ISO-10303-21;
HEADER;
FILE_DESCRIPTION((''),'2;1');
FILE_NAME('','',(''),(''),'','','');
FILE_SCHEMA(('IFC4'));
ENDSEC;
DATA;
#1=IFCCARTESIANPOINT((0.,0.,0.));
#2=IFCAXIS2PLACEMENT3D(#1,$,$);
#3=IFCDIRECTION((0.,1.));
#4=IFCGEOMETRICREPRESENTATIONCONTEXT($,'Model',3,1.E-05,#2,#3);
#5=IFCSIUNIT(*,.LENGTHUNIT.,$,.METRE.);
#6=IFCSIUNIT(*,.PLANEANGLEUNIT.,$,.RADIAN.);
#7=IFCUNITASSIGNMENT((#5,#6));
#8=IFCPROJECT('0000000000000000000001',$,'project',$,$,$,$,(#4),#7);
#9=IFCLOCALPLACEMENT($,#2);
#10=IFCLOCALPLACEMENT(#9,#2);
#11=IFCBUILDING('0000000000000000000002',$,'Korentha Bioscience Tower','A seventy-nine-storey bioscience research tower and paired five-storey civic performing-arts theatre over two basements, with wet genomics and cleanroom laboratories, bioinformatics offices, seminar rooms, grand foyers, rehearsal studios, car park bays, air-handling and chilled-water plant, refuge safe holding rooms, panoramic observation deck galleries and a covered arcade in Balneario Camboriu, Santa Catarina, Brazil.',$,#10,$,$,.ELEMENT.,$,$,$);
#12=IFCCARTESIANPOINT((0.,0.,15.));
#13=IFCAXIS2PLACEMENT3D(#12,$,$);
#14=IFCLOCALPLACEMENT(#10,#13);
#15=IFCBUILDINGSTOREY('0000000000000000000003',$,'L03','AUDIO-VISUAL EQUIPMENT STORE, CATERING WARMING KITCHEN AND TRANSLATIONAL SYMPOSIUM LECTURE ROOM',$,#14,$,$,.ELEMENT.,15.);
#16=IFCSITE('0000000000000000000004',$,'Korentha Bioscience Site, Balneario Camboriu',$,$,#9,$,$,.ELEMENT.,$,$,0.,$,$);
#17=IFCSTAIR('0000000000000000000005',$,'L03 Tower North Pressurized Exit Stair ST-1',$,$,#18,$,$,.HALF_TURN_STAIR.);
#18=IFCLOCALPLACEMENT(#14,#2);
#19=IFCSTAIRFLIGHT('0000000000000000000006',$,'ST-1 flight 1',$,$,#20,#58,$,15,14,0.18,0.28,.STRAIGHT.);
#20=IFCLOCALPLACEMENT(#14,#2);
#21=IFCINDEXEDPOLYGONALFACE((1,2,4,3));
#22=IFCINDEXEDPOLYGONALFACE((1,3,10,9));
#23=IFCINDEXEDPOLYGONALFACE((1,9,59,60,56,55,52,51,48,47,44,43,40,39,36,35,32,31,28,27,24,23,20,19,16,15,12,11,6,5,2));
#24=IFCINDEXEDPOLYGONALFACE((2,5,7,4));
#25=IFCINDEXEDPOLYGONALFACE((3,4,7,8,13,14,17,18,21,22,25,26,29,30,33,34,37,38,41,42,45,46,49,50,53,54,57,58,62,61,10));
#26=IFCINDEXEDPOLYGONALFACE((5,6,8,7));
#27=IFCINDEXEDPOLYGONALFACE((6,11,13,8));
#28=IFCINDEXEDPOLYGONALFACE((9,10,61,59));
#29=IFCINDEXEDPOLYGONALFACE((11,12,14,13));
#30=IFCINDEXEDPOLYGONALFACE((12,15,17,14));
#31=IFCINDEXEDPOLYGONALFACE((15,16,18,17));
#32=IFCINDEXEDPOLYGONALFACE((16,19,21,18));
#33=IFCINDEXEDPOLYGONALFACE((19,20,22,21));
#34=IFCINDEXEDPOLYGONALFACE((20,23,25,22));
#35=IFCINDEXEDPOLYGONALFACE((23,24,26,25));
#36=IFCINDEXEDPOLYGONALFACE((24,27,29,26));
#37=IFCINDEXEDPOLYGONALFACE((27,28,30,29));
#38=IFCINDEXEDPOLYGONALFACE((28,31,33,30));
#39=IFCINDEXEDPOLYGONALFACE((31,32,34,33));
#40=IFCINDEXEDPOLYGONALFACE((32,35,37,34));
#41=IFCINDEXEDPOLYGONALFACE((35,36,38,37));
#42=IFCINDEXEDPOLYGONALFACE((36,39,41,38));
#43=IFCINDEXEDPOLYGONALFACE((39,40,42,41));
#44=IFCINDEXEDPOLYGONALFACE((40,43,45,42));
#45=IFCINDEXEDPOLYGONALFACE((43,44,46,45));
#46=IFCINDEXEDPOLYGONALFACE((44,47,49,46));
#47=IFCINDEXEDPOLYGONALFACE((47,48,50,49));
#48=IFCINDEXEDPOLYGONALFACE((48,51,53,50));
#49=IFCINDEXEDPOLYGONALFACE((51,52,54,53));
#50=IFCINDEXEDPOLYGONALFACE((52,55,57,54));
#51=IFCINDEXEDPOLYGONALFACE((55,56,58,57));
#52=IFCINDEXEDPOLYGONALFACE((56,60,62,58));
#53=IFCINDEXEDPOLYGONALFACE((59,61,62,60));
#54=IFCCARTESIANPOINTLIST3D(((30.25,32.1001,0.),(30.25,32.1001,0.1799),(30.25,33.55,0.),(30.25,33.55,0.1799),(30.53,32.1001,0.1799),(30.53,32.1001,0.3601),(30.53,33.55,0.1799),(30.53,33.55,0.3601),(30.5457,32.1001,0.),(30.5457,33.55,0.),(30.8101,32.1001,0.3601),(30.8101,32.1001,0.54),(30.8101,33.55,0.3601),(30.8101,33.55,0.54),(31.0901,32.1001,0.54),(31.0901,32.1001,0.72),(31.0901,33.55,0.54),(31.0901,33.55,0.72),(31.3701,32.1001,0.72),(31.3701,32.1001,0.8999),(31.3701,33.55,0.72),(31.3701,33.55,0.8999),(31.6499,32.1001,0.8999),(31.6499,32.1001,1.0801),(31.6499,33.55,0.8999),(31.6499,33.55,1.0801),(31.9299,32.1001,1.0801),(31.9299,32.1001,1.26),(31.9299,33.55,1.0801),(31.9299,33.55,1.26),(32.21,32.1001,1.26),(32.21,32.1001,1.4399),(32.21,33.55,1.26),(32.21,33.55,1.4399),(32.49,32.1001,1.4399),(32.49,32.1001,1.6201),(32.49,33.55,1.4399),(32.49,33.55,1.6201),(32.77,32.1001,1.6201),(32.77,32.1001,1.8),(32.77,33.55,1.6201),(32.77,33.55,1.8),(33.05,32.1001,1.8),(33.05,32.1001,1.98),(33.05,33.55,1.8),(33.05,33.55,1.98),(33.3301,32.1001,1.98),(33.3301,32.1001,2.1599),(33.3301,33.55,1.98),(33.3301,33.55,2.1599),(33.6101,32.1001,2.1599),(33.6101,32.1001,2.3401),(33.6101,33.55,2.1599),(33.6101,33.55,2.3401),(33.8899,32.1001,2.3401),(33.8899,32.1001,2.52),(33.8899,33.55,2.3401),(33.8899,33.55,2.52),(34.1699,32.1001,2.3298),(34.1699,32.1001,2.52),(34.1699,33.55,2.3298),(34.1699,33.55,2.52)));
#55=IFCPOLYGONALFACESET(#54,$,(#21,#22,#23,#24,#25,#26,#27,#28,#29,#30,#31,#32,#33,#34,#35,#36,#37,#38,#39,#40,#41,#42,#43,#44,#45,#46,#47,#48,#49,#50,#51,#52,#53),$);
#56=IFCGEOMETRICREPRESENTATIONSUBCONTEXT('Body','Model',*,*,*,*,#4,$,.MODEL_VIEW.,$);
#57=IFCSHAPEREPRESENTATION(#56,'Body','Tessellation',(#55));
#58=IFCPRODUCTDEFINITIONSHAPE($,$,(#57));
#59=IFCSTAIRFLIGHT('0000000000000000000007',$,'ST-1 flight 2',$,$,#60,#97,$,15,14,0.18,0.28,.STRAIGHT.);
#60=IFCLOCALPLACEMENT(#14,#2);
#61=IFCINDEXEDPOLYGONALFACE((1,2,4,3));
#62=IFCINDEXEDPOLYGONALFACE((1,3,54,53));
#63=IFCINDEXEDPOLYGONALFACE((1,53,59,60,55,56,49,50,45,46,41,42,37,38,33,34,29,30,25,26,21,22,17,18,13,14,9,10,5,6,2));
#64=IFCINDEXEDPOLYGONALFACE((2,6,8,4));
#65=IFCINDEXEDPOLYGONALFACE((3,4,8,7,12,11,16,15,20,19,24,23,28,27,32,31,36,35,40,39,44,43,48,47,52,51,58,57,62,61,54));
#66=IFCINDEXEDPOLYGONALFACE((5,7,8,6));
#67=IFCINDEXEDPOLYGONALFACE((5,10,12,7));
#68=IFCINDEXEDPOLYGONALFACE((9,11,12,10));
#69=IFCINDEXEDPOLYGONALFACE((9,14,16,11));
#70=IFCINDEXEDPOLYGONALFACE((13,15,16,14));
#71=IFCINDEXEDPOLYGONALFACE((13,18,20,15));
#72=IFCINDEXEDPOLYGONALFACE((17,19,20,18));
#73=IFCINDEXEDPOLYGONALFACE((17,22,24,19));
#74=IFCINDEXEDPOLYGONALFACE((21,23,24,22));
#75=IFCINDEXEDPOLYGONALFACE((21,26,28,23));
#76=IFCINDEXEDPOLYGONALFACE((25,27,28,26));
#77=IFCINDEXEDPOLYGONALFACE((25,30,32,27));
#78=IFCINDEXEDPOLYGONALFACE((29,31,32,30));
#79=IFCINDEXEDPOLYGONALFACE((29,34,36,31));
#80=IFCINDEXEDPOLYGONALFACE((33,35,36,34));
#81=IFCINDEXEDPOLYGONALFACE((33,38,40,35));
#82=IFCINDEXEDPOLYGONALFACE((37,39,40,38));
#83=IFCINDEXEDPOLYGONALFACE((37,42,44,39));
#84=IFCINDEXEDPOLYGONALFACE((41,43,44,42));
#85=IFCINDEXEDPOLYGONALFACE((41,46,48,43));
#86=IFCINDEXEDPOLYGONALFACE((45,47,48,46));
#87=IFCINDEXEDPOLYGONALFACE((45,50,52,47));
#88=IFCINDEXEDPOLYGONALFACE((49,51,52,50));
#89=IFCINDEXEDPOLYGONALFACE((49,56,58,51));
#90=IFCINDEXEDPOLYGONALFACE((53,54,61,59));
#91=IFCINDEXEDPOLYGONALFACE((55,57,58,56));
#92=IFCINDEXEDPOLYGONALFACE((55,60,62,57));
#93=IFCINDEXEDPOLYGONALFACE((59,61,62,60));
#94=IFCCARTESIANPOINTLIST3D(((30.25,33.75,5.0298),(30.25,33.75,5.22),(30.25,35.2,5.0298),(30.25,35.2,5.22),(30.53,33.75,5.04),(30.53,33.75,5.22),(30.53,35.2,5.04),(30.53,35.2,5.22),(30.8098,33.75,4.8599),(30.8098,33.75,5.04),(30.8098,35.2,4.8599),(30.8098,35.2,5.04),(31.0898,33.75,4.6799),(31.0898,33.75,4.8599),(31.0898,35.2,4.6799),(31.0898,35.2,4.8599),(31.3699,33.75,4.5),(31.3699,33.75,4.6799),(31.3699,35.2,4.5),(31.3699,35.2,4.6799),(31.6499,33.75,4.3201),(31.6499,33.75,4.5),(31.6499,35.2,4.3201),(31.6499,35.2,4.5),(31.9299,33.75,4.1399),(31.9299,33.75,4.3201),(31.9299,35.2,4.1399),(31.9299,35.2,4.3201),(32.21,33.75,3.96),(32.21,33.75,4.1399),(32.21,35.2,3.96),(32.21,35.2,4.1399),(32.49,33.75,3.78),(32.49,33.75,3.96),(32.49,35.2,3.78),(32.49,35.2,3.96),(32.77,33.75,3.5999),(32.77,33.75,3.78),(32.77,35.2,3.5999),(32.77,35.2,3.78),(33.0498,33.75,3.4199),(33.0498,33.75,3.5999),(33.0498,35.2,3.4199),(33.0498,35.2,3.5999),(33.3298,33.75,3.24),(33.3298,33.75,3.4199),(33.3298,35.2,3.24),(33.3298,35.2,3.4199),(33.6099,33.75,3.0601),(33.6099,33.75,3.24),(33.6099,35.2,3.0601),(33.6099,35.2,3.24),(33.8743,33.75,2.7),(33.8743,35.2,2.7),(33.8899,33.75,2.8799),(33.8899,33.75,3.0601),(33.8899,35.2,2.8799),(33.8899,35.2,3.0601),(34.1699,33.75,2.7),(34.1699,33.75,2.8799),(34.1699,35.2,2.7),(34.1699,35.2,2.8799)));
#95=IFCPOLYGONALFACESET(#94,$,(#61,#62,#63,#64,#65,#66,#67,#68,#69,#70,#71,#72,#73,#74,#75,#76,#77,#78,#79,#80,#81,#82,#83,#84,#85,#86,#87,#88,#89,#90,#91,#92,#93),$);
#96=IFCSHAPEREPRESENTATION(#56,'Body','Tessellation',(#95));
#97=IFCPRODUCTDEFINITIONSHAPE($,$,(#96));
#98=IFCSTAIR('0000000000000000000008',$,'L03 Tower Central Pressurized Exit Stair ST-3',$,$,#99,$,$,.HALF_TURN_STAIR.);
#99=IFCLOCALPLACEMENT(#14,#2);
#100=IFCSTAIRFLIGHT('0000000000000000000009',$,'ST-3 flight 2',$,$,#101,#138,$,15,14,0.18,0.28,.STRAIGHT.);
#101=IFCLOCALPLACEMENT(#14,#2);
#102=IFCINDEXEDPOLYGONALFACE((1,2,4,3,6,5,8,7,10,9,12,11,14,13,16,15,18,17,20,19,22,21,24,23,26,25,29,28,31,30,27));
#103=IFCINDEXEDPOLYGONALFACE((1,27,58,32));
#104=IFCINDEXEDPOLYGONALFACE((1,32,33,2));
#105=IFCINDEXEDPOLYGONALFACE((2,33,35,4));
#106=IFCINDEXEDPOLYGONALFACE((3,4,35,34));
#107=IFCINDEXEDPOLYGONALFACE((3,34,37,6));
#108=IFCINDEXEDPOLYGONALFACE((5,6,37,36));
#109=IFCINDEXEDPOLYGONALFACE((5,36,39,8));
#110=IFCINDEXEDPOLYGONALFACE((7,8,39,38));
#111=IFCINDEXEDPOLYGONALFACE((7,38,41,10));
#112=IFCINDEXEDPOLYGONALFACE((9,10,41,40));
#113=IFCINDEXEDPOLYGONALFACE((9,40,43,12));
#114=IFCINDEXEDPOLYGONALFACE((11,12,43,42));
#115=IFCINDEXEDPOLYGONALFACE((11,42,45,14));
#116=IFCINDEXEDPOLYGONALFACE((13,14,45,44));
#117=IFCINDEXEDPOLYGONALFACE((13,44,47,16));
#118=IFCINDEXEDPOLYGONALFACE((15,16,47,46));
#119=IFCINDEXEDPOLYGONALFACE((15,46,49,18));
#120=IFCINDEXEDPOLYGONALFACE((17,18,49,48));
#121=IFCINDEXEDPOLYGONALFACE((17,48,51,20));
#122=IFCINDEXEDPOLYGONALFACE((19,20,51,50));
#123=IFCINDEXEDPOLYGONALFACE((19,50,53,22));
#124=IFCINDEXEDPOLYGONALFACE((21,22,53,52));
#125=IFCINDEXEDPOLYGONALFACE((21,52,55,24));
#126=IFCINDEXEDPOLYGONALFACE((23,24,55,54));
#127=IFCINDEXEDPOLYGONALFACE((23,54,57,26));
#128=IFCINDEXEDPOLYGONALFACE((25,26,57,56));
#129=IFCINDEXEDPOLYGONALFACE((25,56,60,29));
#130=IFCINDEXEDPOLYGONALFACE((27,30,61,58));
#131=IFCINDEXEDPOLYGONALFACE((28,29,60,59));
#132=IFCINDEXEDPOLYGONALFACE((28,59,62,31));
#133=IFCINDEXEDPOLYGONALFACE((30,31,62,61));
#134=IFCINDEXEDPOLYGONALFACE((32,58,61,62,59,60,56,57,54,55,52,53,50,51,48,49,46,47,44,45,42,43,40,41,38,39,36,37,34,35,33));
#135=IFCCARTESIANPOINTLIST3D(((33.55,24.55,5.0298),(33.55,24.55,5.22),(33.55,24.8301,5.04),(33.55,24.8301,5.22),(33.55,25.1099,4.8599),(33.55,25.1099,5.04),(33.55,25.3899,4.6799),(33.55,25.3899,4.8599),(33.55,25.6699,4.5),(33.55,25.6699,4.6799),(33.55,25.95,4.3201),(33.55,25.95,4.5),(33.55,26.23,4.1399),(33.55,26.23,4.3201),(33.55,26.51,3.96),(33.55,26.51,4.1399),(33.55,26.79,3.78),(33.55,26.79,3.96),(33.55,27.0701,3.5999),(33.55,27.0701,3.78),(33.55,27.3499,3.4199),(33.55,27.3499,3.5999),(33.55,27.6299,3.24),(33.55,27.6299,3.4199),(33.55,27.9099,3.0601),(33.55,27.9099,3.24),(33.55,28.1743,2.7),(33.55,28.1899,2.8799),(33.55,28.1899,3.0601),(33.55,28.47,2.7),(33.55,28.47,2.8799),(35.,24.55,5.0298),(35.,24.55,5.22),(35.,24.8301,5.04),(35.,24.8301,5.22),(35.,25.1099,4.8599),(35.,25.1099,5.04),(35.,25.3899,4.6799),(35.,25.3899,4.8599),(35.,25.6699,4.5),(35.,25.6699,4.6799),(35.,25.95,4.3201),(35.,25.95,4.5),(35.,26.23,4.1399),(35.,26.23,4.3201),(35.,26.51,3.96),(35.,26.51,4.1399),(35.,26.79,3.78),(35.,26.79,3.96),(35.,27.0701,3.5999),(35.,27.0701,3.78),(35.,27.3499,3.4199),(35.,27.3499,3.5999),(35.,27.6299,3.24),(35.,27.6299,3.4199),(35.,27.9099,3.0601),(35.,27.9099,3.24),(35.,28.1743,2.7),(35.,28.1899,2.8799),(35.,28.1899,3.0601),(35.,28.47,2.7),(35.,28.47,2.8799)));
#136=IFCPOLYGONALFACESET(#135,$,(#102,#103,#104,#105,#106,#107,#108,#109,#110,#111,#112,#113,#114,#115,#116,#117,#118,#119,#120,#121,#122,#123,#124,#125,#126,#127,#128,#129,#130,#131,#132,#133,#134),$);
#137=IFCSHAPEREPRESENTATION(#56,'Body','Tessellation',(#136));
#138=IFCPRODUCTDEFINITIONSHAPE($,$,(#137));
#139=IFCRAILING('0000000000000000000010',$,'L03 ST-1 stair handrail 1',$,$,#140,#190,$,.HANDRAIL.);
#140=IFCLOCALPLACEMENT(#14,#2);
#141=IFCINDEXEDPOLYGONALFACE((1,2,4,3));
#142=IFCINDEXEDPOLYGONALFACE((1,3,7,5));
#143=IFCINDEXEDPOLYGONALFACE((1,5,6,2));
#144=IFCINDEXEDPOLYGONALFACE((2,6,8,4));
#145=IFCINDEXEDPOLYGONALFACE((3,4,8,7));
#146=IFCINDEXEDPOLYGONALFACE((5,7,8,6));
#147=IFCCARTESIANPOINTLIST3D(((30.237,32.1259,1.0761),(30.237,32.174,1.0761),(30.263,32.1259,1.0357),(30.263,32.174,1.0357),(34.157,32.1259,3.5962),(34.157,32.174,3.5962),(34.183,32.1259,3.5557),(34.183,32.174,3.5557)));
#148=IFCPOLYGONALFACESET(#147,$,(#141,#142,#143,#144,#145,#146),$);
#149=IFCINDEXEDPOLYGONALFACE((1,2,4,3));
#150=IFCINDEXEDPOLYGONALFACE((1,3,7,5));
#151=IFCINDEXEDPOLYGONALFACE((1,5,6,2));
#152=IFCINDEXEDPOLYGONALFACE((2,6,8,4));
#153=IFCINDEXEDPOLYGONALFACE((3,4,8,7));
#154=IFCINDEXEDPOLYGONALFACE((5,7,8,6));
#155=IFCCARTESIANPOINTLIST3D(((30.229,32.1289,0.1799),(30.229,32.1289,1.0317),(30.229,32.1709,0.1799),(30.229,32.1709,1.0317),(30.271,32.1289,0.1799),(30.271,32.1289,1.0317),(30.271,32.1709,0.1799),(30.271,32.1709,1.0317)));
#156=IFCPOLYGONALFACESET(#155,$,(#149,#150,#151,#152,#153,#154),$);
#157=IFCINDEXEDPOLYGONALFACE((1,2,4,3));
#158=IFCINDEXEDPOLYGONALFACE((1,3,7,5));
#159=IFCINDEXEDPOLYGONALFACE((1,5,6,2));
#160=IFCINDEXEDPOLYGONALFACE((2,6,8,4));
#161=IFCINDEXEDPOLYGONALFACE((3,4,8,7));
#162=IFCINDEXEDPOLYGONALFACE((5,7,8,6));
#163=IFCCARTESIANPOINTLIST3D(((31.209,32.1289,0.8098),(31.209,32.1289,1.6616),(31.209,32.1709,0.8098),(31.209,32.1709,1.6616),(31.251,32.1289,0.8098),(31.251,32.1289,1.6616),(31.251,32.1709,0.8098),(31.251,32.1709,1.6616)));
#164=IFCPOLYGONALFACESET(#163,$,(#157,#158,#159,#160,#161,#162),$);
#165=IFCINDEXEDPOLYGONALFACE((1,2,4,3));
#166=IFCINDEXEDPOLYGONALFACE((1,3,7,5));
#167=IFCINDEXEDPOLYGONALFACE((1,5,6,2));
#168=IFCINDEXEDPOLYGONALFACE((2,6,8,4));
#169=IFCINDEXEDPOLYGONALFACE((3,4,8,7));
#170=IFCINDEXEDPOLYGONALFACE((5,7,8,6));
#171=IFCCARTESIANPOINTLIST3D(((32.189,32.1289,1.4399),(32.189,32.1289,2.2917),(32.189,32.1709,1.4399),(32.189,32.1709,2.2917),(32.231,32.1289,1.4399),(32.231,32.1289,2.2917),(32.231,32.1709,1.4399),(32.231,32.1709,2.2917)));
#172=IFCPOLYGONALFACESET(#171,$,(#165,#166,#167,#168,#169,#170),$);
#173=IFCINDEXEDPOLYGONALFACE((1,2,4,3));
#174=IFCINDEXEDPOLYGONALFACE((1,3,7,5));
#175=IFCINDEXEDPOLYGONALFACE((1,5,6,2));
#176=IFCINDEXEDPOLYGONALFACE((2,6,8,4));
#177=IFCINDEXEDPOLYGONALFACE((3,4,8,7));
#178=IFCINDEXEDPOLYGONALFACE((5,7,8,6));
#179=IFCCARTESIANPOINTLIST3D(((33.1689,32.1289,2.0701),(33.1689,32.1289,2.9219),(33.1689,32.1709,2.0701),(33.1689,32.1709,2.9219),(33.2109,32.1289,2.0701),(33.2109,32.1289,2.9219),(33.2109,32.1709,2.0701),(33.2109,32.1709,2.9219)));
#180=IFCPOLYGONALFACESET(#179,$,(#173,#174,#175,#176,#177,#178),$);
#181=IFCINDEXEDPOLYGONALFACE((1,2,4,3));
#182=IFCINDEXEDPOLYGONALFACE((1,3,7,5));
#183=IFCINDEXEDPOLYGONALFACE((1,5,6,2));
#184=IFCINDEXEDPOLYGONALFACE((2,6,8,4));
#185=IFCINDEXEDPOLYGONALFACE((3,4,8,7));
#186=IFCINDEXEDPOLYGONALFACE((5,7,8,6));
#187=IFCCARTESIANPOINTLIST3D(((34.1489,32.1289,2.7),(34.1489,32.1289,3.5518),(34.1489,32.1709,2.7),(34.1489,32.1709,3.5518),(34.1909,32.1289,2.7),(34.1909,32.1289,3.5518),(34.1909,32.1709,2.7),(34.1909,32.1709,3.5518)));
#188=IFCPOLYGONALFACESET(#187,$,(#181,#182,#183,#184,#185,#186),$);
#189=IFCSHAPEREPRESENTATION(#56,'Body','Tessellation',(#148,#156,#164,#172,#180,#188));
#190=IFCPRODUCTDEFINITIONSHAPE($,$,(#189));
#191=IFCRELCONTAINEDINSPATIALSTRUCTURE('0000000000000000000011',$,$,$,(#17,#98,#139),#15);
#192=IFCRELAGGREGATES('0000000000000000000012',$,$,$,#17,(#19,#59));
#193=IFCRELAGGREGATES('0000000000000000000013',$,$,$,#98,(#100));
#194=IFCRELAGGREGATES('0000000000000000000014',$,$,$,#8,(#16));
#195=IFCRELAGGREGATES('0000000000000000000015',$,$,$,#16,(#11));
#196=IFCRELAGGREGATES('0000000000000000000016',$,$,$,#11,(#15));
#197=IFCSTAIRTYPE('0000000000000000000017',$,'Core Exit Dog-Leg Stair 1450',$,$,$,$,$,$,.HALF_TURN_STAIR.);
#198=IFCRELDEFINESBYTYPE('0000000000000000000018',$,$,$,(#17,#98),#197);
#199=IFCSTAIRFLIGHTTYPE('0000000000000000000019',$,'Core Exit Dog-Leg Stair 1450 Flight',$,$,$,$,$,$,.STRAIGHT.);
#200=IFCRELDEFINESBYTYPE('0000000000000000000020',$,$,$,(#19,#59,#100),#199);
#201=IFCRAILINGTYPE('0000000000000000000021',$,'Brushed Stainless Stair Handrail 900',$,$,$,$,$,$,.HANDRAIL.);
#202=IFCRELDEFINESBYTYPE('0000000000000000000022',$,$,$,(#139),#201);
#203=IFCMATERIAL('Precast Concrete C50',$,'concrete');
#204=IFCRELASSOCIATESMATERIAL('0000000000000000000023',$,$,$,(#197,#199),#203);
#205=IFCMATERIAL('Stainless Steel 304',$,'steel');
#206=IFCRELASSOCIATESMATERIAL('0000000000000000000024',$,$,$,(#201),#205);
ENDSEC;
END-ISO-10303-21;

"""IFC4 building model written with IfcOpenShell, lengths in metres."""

from ifc_helpers import new_model, si_unit, direction, frame, origin, origin_2d, place, context, subcontext, project, spatial, polyline, rectangle, outline, extrude, material, type_object, element, aggregate, save


model = new_model("IFC4")

# Units and contexts
model_context = context("Model", 3, precision=1e-05, world=origin(), true_north=direction((0.0, 1.0)))
body_context = subcontext(model_context, "Body", "Model", "MODEL_VIEW")
ifc_project = project(units=[si_unit("LENGTHUNIT", "METRE"), si_unit("PLANEANGLEUNIT", "RADIAN")], contexts=[model_context])

# Site, building, storey
site_placement = place(None, origin())
site = spatial("IfcSite", under=ifc_project, at=site_placement, Name="Korentha Bioscience Site, Balneario Camboriu", CompositionType="ELEMENT", RefElevation=0.0)
building_placement = place(site_placement, origin())
building = spatial("IfcBuilding", under=site, at=building_placement, Name="Korentha Bioscience Tower", Description="A seventy-nine-storey bioscience research tower and paired five-storey civic performing-arts theatre over two basements, with wet genomics and cleanroom laboratories, bioinformatics offices, seminar rooms, grand foyers, rehearsal studios, car park bays, air-handling and chilled-water plant, refuge safe holding rooms, panoramic observation deck galleries and a covered arcade in Balneario Camboriu, Santa Catarina, Brazil.", CompositionType="ELEMENT")
storey_placement = place(building_placement, frame((0.0, 0.0, 15.0)))
storey = spatial("IfcBuildingStorey", under=building, at=storey_placement, Name="L03", Description="AUDIO-VISUAL EQUIPMENT STORE, CATERING WARMING KITCHEN AND TRANSLATIONAL SYMPOSIUM LECTURE ROOM", CompositionType="ELEMENT", Elevation=15.0)

# Stair, stair flights
ifc_material_1 = material(Name="Precast Concrete C50", Category="concrete")
stair_type = type_object("IfcStairType", Name="Core Exit Dog-Leg Stair 1450", PredefinedType="HALF_TURN_STAIR", material=ifc_material_1)
stair_1_placement = place(storey_placement, origin())
stair_1 = element("IfcStair", 1, at=stair_1_placement, inside=storey, type_object=stair_type, Name="L03 Tower North Pressurized Exit Stair ST-1", PredefinedType="HALF_TURN_STAIR")
stair_flight_type = type_object("IfcStairFlightType", Name="Core Exit Dog-Leg Stair 1450 Flight", PredefinedType="STRAIGHT", material=ifc_material_1)
stair_flight_1_placement = place(storey_placement, frame((30.25, 32.825, 0.0), z_axis=(0.0, 0.0, 1.0), x_axis=(1.0, 0.0, 0.0)))
stair_flight_1 = element("IfcStairFlight", 2, at=stair_flight_1_placement, type_object=stair_flight_type, Name="ST-1 flight 1", NumberOfRisers=15, NumberOfTreads=14, PredefinedType="STRAIGHT", RiserHeight=0.18, TreadLength=0.28, context=body_context, shape_type="SweptSolid", body=[
    extrude(outline(polyline([(0.0, 0.0), (0.0, 0.1799), (0.28, 0.1799), (0.28, 0.3601), (0.5601, 0.3601), (0.5601, 0.54), (0.8401, 0.54), (0.8401, 0.72), (1.1201, 0.72), (1.1201, 0.8999), (1.3999, 0.8999), (1.3999, 1.0801), (1.6799, 1.0801), (1.6799, 1.26), (1.96, 1.26), (1.96, 1.4399), (2.24, 1.4399), (2.24, 1.6201), (2.52, 1.6201), (2.52, 1.8), (2.8, 1.8), (2.8, 1.98), (3.0801, 1.98), (3.0801, 2.1599), (3.3601, 2.1599), (3.3601, 2.3401), (3.6399, 2.3401), (3.6399, 2.52), (3.9199, 2.52), (3.9199, 2.7), (3.9199, 2.3298), (0.2957, 0.0), (0.0, 0.0)])), frame((0.0, 0.7251, 0.0), z_axis=(0.0, -1.0, 0.0), x_axis=(1.0, 0.0, 0.0)), (0.0, 0.0, 1.0), 1.45),
])
stair_flight_2_placement = place(storey_placement, frame((34.1699, 34.4751, 2.7), z_axis=(0.0, 0.0, 1.0), x_axis=(-1.0, 0.0, 0.0)))
stair_flight_2 = element("IfcStairFlight", 3, at=stair_flight_2_placement, type_object=stair_flight_type, Name="ST-1 flight 2", NumberOfRisers=15, NumberOfTreads=14, PredefinedType="STRAIGHT", RiserHeight=0.18, TreadLength=0.28, context=body_context, shape_type="SweptSolid", body=[
    extrude(outline(polyline([(0.0, 0.0), (0.0, 0.1799), (0.28, 0.1799), (0.28, 0.3601), (0.5601, 0.3601), (0.5601, 0.54), (0.8401, 0.54), (0.8401, 0.72), (1.1201, 0.72), (1.1201, 0.8999), (1.3999, 0.8999), (1.3999, 1.0801), (1.6799, 1.0801), (1.6799, 1.26), (1.96, 1.26), (1.96, 1.4399), (2.24, 1.4399), (2.24, 1.6201), (2.52, 1.6201), (2.52, 1.8), (2.8, 1.8), (2.8, 1.98), (3.0801, 1.98), (3.0801, 2.1599), (3.3601, 2.1599), (3.3601, 2.3401), (3.6399, 2.3401), (3.6399, 2.52), (3.9199, 2.52), (3.9199, 2.7), (3.9199, 2.3298), (0.2957, 0.0), (0.0, 0.0)])), frame((0.0, 0.7251, 0.0), z_axis=(0.0, -1.0, 0.0), x_axis=(1.0, 0.0, 0.0)), (0.0, 0.0, 1.0), 1.45),
])
aggregate(stair_1, [stair_flight_1, stair_flight_2])

# Stair, stair flight
stair_2_placement = place(storey_placement, origin())
stair_2 = element("IfcStair", 4, at=stair_2_placement, inside=storey, type_object=stair_type, Name="L03 Tower Central Pressurized Exit Stair ST-3", PredefinedType="HALF_TURN_STAIR")
stair_flight_3_placement = place(storey_placement, frame((34.2749, 28.47, 2.7), z_axis=(0.0, 0.0, 1.0), x_axis=(0.0, -1.0, 0.0)))
stair_flight_3 = element("IfcStairFlight", 5, at=stair_flight_3_placement, type_object=stair_flight_type, Name="ST-3 flight 2", NumberOfRisers=15, NumberOfTreads=14, PredefinedType="STRAIGHT", RiserHeight=0.18, TreadLength=0.28, context=body_context, shape_type="SweptSolid", body=[
    extrude(outline(polyline([(0.0, 0.0), (0.0, 0.1799), (0.28, 0.1799), (0.28, 0.3601), (0.5601, 0.3601), (0.5601, 0.54), (0.8401, 0.54), (0.8401, 0.72), (1.1201, 0.72), (1.1201, 0.8999), (1.3999, 0.8999), (1.3999, 1.0801), (1.6799, 1.0801), (1.6799, 1.26), (1.96, 1.26), (1.96, 1.4399), (2.24, 1.4399), (2.24, 1.6201), (2.52, 1.6201), (2.52, 1.8), (2.8, 1.8), (2.8, 1.98), (3.0801, 1.98), (3.0801, 2.1599), (3.3601, 2.1599), (3.3601, 2.3401), (3.6399, 2.3401), (3.6399, 2.52), (3.9199, 2.52), (3.9199, 2.7), (3.9199, 2.3298), (0.2957, 0.0), (0.0, 0.0)])), frame((0.0, 0.7251, 0.0), z_axis=(0.0, -1.0, 0.0), x_axis=(1.0, 0.0, 0.0)), (0.0, 0.0, 1.0), 1.45),
])
aggregate(stair_2, [stair_flight_3])

# Railing
ifc_material_2 = material(Name="Stainless Steel 304", Category="steel")
railing_type_1 = type_object("IfcRailingType", Name="Brushed Stainless Stair Handrail 900", PredefinedType="HANDRAIL", material=ifc_material_2)
railing_1_placement = place(storey_placement, frame((30.25, 32.1499, 0.1799)))
element("IfcRailing", 6, at=railing_1_placement, inside=storey, type_object=railing_type_1, Name="L03 ST-1 stair handrail 1", PredefinedType="HANDRAIL", context=body_context, shape_type="SweptSolid", body=[
    extrude(rectangle(XDim=0.0481, YDim=0.0481, at=origin_2d()), frame((0.0, 0.0, 0.876), z_axis=(0.841172, 0.0, 0.540768), x_axis=(0.0, 1.0, 0.0)), (0.0, 0.0, 1.0), 4.6602),
    extrude(rectangle(XDim=0.042, YDim=0.042, at=origin_2d()), origin(), (0.0, 0.0, 1.0), 0.8518),
    extrude(rectangle(XDim=0.042, YDim=0.042, at=origin_2d()), frame((0.98, 0.0, 0.6299)), (0.0, 0.0, 1.0), 0.8518),
    extrude(rectangle(XDim=0.042, YDim=0.042, at=origin_2d()), frame((1.96, 0.0, 1.26)), (0.0, 0.0, 1.0), 0.8518),
    extrude(rectangle(XDim=0.042, YDim=0.042, at=origin_2d()), frame((2.9399, 0.0, 1.8901)), (0.0, 0.0, 1.0), 0.8518),
    extrude(rectangle(XDim=0.042, YDim=0.042, at=origin_2d()), frame((3.9199, 0.0, 2.52)), (0.0, 0.0, 1.0), 0.8518),
])

save(model, "model.ifc")
